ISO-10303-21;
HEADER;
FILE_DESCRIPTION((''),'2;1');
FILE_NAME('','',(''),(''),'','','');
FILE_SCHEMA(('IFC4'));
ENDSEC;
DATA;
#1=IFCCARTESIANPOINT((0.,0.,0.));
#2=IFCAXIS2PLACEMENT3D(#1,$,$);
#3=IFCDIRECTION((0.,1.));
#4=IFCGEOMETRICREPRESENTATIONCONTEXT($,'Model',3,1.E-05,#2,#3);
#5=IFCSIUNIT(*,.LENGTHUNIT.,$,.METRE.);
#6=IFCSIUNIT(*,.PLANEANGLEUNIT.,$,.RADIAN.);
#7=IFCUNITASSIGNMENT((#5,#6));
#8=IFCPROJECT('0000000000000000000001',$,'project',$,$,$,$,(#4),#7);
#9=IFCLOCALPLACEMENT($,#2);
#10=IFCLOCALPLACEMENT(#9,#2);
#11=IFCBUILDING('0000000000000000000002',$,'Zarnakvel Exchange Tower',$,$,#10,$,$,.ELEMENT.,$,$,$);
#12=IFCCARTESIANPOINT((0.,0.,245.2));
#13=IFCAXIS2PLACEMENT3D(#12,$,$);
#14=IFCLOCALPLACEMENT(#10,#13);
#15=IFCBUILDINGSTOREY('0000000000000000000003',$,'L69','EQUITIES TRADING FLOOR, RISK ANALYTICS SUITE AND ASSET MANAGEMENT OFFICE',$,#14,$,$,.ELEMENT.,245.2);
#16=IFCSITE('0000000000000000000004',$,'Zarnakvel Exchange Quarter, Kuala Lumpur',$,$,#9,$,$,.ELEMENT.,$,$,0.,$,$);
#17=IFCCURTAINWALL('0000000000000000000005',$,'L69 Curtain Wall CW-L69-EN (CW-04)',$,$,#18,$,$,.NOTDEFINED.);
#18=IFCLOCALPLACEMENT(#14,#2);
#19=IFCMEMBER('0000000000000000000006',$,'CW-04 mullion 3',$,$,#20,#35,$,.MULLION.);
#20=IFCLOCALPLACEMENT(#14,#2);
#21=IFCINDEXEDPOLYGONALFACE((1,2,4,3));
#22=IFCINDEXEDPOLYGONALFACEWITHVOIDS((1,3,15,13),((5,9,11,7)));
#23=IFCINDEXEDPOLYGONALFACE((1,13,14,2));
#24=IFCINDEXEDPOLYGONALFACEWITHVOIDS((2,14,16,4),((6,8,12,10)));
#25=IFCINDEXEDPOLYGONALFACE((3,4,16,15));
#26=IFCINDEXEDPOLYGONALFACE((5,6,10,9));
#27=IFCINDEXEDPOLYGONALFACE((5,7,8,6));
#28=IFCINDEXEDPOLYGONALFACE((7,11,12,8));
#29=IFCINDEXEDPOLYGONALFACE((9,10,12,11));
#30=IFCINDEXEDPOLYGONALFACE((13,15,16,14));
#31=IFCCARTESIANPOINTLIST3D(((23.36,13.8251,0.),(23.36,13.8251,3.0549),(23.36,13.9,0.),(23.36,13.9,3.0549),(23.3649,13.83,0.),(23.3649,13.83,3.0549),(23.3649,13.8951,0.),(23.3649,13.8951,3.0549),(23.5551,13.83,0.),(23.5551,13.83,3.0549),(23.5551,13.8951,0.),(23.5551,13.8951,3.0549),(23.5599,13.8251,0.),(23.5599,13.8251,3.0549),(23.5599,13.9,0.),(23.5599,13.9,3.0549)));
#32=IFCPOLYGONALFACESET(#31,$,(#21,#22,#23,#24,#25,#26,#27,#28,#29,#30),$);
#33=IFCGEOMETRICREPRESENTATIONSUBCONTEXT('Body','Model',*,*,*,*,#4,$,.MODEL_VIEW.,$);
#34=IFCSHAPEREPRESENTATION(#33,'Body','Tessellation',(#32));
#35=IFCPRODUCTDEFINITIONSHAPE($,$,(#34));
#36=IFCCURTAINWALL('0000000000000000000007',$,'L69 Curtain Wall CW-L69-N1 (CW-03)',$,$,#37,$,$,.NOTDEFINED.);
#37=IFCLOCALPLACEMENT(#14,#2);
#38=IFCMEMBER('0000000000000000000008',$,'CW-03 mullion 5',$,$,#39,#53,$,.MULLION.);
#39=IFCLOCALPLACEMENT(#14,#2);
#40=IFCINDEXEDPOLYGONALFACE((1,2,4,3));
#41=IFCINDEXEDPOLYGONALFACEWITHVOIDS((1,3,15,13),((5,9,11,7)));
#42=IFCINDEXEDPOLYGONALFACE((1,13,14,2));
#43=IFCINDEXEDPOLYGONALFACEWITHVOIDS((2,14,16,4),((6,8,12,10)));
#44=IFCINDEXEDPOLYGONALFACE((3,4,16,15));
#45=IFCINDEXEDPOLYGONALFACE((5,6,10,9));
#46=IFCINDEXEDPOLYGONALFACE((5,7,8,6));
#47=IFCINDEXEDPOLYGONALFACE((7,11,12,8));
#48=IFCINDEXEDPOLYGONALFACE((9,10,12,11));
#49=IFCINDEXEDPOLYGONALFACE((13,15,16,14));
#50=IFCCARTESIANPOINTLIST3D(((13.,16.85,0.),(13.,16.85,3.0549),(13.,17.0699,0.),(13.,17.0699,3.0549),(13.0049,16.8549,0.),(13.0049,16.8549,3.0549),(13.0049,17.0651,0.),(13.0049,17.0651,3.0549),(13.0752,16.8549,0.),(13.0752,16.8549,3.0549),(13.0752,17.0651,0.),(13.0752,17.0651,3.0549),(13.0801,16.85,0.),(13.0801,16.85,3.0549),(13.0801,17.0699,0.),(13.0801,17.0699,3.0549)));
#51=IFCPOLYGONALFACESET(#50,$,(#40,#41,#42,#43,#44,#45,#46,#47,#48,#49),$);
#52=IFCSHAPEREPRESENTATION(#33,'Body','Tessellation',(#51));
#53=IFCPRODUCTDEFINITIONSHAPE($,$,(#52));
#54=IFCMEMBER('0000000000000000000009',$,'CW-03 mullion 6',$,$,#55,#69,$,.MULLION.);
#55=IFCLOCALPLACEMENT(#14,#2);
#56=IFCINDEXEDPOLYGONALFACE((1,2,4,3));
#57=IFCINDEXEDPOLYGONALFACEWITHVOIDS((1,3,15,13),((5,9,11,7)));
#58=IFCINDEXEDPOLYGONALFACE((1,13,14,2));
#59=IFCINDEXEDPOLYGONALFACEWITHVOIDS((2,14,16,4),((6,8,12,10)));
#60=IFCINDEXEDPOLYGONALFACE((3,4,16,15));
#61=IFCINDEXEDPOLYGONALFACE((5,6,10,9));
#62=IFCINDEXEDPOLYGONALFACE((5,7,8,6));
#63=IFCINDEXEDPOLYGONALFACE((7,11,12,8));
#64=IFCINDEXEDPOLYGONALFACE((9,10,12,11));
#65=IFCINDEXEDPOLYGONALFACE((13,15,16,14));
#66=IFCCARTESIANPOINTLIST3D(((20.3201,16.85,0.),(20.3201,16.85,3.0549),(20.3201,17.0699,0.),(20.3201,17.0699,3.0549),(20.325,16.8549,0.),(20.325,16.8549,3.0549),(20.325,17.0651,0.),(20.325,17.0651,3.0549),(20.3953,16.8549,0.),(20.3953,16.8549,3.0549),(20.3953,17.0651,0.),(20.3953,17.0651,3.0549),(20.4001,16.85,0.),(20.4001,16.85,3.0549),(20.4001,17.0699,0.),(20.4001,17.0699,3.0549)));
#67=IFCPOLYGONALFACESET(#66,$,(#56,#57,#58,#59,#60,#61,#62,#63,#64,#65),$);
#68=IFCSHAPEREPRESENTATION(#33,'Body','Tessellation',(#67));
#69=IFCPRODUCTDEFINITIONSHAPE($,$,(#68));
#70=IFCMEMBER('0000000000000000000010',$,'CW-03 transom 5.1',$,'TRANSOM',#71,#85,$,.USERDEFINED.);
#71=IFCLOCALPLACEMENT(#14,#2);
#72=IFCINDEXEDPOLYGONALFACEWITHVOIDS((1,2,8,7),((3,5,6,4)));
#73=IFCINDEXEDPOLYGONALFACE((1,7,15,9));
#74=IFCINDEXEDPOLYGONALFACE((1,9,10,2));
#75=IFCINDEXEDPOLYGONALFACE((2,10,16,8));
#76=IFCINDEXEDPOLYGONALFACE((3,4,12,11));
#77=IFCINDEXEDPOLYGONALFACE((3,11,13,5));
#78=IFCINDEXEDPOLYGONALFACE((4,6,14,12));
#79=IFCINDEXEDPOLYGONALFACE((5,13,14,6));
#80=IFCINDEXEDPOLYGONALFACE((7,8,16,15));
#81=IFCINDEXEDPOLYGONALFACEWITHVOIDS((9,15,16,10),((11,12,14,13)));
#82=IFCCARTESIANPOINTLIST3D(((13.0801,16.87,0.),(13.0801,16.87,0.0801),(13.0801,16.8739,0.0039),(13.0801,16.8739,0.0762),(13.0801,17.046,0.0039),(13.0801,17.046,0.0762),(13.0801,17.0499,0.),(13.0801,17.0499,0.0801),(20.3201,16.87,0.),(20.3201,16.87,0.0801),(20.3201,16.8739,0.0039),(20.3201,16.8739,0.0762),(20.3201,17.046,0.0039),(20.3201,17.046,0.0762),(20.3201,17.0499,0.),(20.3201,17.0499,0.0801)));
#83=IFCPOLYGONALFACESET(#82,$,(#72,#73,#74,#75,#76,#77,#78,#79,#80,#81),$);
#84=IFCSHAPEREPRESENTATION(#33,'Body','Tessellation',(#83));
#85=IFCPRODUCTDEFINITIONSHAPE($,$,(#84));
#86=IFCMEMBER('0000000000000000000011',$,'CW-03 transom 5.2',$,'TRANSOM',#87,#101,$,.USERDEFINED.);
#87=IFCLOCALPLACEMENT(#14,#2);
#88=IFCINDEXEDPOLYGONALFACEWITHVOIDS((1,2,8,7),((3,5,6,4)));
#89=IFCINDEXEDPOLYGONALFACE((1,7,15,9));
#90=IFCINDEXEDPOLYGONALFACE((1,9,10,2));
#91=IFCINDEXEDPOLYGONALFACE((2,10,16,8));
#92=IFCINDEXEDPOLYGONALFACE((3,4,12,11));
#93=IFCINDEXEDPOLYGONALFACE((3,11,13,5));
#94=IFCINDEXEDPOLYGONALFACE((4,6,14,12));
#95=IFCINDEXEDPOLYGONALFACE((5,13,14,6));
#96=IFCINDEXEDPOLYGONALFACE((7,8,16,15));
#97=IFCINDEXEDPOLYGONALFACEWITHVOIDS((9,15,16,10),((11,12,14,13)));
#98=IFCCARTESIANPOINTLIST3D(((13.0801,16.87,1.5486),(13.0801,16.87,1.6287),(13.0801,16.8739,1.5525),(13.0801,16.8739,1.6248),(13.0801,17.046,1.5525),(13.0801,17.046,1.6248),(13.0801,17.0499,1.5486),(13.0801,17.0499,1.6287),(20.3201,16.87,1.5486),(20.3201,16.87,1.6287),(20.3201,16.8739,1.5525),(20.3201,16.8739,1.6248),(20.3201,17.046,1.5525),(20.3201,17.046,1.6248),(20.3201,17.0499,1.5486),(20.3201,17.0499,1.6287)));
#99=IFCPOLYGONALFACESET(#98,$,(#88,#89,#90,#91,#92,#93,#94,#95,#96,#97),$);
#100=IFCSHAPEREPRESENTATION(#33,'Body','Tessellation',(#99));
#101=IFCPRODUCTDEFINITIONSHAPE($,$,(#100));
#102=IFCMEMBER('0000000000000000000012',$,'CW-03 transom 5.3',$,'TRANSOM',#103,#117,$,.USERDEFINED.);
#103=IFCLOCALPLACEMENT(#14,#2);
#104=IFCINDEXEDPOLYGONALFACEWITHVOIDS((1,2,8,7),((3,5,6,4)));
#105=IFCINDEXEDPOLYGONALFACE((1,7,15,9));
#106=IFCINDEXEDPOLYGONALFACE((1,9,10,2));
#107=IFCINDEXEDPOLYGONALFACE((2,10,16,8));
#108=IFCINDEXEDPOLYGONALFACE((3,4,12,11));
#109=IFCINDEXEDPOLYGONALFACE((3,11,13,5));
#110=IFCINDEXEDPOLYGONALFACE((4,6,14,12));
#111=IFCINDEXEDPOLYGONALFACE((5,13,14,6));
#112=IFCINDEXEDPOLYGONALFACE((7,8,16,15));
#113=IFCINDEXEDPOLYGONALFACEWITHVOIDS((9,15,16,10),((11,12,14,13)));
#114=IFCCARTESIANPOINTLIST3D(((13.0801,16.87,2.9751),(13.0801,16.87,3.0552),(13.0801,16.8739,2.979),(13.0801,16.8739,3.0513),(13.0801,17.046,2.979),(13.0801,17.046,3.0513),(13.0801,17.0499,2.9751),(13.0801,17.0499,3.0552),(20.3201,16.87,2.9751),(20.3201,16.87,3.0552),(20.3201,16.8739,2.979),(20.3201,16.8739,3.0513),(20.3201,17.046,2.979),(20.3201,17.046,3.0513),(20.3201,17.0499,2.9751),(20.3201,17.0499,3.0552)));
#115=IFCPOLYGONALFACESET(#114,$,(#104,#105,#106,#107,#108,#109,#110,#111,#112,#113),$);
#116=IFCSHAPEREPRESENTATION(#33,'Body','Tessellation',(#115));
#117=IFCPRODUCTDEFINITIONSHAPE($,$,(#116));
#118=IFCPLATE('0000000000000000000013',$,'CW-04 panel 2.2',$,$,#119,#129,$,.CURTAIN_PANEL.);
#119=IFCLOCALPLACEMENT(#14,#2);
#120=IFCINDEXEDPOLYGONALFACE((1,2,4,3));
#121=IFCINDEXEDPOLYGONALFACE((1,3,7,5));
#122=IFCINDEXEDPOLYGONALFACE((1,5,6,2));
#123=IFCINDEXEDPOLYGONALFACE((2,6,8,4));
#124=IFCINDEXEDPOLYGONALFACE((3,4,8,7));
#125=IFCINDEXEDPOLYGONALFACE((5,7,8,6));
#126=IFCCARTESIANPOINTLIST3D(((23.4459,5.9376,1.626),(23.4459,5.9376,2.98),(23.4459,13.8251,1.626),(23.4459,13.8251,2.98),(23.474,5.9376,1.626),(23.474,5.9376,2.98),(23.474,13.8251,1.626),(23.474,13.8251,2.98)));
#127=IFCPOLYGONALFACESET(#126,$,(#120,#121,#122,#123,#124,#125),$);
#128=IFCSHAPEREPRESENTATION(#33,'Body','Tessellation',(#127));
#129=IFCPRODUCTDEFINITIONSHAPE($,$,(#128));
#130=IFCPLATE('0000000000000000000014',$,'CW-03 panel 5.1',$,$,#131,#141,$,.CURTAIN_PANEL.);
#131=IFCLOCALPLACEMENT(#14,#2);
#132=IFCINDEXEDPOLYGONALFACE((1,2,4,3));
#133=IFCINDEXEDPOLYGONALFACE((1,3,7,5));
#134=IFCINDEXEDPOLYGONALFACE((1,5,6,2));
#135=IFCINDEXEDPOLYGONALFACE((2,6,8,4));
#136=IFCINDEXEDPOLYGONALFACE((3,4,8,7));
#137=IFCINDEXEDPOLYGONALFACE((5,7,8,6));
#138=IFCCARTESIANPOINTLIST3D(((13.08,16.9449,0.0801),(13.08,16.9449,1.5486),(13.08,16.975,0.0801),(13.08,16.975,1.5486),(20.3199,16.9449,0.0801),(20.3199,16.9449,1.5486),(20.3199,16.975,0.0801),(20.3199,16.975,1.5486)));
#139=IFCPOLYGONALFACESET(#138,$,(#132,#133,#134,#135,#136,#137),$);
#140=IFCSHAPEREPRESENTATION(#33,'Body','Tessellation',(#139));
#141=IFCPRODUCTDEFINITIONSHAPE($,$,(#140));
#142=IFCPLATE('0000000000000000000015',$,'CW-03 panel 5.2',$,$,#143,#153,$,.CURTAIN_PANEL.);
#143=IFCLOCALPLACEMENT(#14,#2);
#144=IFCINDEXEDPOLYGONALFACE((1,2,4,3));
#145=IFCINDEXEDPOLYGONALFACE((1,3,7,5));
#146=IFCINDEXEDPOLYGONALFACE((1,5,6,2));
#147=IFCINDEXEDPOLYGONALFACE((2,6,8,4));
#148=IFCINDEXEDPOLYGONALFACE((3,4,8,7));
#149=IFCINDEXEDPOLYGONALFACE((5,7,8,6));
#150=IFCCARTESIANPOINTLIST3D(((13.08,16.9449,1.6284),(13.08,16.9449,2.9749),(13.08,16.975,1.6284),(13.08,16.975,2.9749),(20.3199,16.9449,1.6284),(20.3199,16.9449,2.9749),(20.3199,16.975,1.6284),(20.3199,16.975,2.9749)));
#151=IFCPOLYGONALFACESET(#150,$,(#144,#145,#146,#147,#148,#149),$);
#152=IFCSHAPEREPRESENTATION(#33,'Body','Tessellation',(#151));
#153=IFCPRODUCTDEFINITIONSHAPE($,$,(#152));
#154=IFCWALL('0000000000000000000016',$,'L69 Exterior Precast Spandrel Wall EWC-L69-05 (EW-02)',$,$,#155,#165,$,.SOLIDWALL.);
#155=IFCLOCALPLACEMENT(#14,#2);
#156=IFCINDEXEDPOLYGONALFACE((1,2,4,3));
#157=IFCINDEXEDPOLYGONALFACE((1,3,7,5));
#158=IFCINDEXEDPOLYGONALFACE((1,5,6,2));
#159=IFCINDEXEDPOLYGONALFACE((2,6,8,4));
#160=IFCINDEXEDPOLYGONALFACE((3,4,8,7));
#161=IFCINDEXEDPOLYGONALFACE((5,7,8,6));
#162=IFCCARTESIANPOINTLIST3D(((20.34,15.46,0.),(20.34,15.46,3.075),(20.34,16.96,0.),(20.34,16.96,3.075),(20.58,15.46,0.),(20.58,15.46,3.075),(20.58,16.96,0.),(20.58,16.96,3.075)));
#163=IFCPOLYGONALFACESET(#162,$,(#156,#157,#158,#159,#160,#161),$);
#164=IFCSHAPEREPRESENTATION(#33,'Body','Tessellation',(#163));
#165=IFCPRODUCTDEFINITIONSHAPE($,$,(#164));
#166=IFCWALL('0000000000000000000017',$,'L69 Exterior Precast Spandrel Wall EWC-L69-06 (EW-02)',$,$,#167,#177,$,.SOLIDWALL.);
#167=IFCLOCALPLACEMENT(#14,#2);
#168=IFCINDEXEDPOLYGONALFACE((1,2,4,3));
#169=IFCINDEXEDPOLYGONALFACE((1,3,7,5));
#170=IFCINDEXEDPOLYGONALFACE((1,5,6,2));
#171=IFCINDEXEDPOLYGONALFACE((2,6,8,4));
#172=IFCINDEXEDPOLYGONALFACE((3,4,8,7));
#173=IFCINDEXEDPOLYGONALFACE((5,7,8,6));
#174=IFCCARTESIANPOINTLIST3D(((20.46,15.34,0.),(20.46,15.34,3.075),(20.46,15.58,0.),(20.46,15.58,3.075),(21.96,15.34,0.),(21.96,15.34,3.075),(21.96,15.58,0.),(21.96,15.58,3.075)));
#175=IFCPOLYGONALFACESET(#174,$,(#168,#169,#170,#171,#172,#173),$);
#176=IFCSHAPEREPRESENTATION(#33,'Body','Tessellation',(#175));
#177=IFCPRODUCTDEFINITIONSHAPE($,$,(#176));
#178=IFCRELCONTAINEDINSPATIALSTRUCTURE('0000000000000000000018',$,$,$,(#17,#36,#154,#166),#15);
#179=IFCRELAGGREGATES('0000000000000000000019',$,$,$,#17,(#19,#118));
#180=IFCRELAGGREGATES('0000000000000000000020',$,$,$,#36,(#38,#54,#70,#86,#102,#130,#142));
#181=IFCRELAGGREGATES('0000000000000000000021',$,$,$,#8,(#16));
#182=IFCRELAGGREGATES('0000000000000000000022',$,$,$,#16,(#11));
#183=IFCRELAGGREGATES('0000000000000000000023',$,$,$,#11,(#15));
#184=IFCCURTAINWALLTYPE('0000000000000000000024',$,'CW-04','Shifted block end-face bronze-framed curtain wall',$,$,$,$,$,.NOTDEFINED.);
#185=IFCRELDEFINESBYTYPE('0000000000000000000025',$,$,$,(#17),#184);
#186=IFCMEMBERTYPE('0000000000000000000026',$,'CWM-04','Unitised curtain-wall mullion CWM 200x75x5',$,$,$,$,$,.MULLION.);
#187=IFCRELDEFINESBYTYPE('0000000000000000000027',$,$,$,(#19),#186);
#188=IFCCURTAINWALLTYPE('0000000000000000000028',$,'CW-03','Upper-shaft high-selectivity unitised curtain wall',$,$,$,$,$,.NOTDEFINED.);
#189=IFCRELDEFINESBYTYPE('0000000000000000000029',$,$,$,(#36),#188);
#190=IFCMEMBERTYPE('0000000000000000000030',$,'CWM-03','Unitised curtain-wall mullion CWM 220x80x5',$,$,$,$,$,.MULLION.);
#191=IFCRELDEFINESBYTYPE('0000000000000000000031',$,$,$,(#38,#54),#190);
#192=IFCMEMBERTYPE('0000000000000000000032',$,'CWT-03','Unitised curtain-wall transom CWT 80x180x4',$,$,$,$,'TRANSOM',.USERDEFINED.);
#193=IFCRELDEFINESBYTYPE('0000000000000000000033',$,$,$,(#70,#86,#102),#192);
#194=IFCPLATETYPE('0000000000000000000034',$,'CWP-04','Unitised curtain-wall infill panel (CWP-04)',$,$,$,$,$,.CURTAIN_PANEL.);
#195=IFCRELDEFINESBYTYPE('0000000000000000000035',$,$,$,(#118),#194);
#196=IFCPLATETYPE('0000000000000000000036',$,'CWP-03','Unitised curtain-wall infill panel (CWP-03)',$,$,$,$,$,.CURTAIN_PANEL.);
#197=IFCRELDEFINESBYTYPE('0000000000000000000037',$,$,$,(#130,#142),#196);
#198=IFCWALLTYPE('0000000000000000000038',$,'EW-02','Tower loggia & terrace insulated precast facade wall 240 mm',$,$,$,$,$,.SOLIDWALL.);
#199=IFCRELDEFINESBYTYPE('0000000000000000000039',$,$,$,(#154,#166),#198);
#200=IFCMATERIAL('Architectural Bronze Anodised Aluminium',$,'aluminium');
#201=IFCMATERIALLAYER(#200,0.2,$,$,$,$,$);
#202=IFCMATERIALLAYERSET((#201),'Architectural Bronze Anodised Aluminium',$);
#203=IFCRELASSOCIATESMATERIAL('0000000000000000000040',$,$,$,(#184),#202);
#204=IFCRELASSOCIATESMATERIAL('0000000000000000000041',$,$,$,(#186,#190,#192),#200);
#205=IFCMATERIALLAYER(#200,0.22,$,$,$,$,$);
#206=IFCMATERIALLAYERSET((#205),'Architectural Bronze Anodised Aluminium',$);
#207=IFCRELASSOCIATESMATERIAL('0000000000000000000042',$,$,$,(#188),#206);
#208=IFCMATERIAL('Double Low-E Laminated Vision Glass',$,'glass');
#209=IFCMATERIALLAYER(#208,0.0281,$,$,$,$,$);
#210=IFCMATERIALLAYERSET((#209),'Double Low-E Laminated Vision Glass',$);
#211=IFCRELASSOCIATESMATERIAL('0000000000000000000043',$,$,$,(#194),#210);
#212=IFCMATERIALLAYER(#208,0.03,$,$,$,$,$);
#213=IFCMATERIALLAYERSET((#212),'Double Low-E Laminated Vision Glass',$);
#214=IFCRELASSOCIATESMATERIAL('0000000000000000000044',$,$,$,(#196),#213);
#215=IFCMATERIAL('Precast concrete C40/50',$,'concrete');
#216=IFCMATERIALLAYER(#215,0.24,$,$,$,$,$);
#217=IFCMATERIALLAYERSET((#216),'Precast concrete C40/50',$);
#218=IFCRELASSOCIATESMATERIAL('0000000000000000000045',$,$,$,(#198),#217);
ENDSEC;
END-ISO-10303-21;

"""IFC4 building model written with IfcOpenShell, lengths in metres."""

from ifc_helpers import new_model, si_unit, direction, frame, frame_2d, origin, origin_2d, place, context, subcontext, project, spatial, rectangle, hollow_rectangle, extrude, source, transform, mapped, material, layer, layer_set, material_profile, profile_set, type_object, element, aggregate, save


model = new_model("IFC4")

# Units and contexts
model_context = context("Model", 3, precision=1e-05, world=origin(), true_north=direction((0.0, 1.0)))
body_context = subcontext(model_context, "Body", "Model", "MODEL_VIEW")
ifc_project = project(units=[si_unit("LENGTHUNIT", "METRE"), si_unit("PLANEANGLEUNIT", "RADIAN")], contexts=[model_context])

# Site, building, storey
site_placement = place(None, origin())
site = spatial("IfcSite", under=ifc_project, at=site_placement, Name="Zarnakvel Exchange Quarter, Kuala Lumpur", CompositionType="ELEMENT", RefElevation=0.0)
building_placement = place(site_placement, origin())
building = spatial("IfcBuilding", under=site, at=building_placement, Name="Zarnakvel Exchange Tower", CompositionType="ELEMENT")
storey_placement = place(building_placement, frame((0.0, 0.0, 245.2)))
storey = spatial("IfcBuildingStorey", under=building, at=storey_placement, Name="L69", Description="EQUITIES TRADING FLOOR, RISK ANALYTICS SUITE AND ASSET MANAGEMENT OFFICE", CompositionType="ELEMENT", Elevation=245.2)

# Curtain wall, member
ifc_material_1 = material(Name="Architectural Bronze Anodised Aluminium", Category="aluminium")
ifc_layer_1 = layer(ifc_material_1, 0.2)
ifc_layer_set_1 = layer_set([ifc_layer_1], Name="Architectural Bronze Anodised Aluminium")
curtain_wall_type_1 = type_object("IfcCurtainWallType", Name="CW-04", Description="Shifted block end-face bronze-framed curtain wall", PredefinedType="NOTDEFINED", material=ifc_layer_set_1)
curtain_wall_1_placement = place(storey_placement, origin())
curtain_wall_1 = element("IfcCurtainWall", 1, at=curtain_wall_1_placement, inside=storey, type_object=curtain_wall_type_1, Name="L69 Curtain Wall CW-L69-EN (CW-04)", PredefinedType="NOTDEFINED")
ifc_material_profile_1 = material_profile(ifc_material_1, hollow_rectangle(XDim=0.2, YDim=0.075, WallThickness=0.0049, at=origin_2d()))
ifc_profile_set_1 = profile_set([ifc_material_profile_1], Name="Architectural Bronze Anodised Aluminium")
member_type_1 = type_object("IfcMemberType", Name="CWM-04", Description="Unitised curtain-wall mullion CWM 200x75x5", PredefinedType="MULLION", material=ifc_profile_set_1)
shared_shape_1 = source(origin(), body_context, "Body", "SweptSolid", [
    extrude(hollow_rectangle(XDim=0.2, YDim=0.075, WallThickness=0.0049, at=origin_2d()), origin(), (0.0, 0.0, 1.0), 3.0549),
])
member_1_placement = place(storey_placement, frame((23.46, 13.8625, 0.0), z_axis=(0.0, 0.0, 1.0), x_axis=(-1.0, 0.0, 0.0)))
member_1 = element("IfcMember", 2, at=member_1_placement, type_object=member_type_1, Name="CW-04 mullion 3", PredefinedType="MULLION", context=body_context, shape_type="MappedRepresentation", body=[
    mapped(shared_shape_1, transform((0.0, 0.0, 0.0), x_axis=(1.0, 0.0, 0.0), y_axis=(0.0, 1.0, 0.0), z_axis=(0.0, 0.0, 1.0), scale=1.0)),
])

# Curtain wall, members
ifc_layer_2 = layer(ifc_material_1, 0.22)
ifc_layer_set_2 = layer_set([ifc_layer_2], Name="Architectural Bronze Anodised Aluminium")
curtain_wall_type_2 = type_object("IfcCurtainWallType", Name="CW-03", Description="Upper-shaft high-selectivity unitised curtain wall", PredefinedType="NOTDEFINED", material=ifc_layer_set_2)
curtain_wall_2_placement = place(storey_placement, origin())
curtain_wall_2 = element("IfcCurtainWall", 3, at=curtain_wall_2_placement, inside=storey, type_object=curtain_wall_type_2, Name="L69 Curtain Wall CW-L69-N1 (CW-03)", PredefinedType="NOTDEFINED")
ifc_material_profile_2 = material_profile(ifc_material_1, hollow_rectangle(XDim=0.22, YDim=0.0801, WallThickness=0.0049, at=origin_2d()))
ifc_profile_set_2 = profile_set([ifc_material_profile_2], Name="Architectural Bronze Anodised Aluminium")
member_type_2 = type_object("IfcMemberType", Name="CWM-03", Description="Unitised curtain-wall mullion CWM 220x80x5", PredefinedType="MULLION", material=ifc_profile_set_2)
shared_shape_2 = source(origin(), body_context, "Body", "SweptSolid", [
    extrude(hollow_rectangle(XDim=0.22, YDim=0.0801, WallThickness=0.0049, at=origin_2d()), origin(), (0.0, 0.0, 1.0), 3.0549),
])
member_2_placement = place(storey_placement, frame((13.04, 16.96, 0.0), z_axis=(0.0, 0.0, 1.0), x_axis=(0.0, 1.0, 0.0)))
member_2 = element("IfcMember", 4, at=member_2_placement, type_object=member_type_2, Name="CW-03 mullion 5", PredefinedType="MULLION", context=body_context, shape_type="MappedRepresentation", body=[
    mapped(shared_shape_2, transform((0.0, 0.0, 0.0), x_axis=(1.0, 0.0, 0.0), y_axis=(0.0, 1.0, 0.0), z_axis=(0.0, 0.0, 1.0), scale=1.0)),
])
member_3_placement = place(storey_placement, frame((20.3601, 16.96, 0.0), z_axis=(0.0, 0.0, 1.0), x_axis=(0.0, 1.0, 0.0)))
member_3 = element("IfcMember", 5, at=member_3_placement, type_object=member_type_2, Name="CW-03 mullion 6", PredefinedType="MULLION", context=body_context, shape_type="MappedRepresentation", body=[
    mapped(shared_shape_2, transform((0.0, 0.0, 0.0), x_axis=(1.0, 0.0, 0.0), y_axis=(0.0, 1.0, 0.0), z_axis=(0.0, 0.0, 1.0), scale=1.0)),
])
ifc_material_profile_3 = material_profile(ifc_material_1, hollow_rectangle(XDim=0.1799, YDim=0.0801, WallThickness=0.0039, at=origin_2d()))
ifc_profile_set_3 = profile_set([ifc_material_profile_3], Name="Architectural Bronze Anodised Aluminium")
member_type_3 = type_object("IfcMemberType", Name="CWT-03", Description="Unitised curtain-wall transom CWT 80x180x4", ElementType="TRANSOM", PredefinedType="USERDEFINED", material=ifc_profile_set_3)
shared_shape_3 = source(origin(), body_context, "Body", "SweptSolid", [
    extrude(hollow_rectangle(XDim=0.1799, YDim=0.0801, WallThickness=0.0039, at=origin_2d()), origin(), (0.0, 0.0, 1.0), 7.24),
])
member_4_placement = place(storey_placement, frame((13.0801, 16.96, 0.04), z_axis=(1.0, 0.0, 0.0), x_axis=(0.0, 1.0, 0.0)))
member_4 = element("IfcMember", 6, at=member_4_placement, type_object=member_type_3, Name="CW-03 transom 5.1", ObjectType="TRANSOM", PredefinedType="USERDEFINED", context=body_context, shape_type="MappedRepresentation", body=[
    mapped(shared_shape_3, transform((0.0, 0.0, 0.0), x_axis=(1.0, 0.0, 0.0), y_axis=(0.0, 1.0, 0.0), z_axis=(0.0, 0.0, 1.0), scale=1.0)),
])
member_5_placement = place(storey_placement, frame((13.0801, 16.96, 1.5886), z_axis=(1.0, 0.0, 0.0), x_axis=(0.0, 1.0, 0.0)))
member_5 = element("IfcMember", 7, at=member_5_placement, type_object=member_type_3, Name="CW-03 transom 5.2", ObjectType="TRANSOM", PredefinedType="USERDEFINED", context=body_context, shape_type="MappedRepresentation", body=[
    mapped(shared_shape_3, transform((0.0, 0.0, 0.0), x_axis=(1.0, 0.0, 0.0), y_axis=(0.0, 1.0, 0.0), z_axis=(0.0, 0.0, 1.0), scale=1.0)),
])
member_6_placement = place(storey_placement, frame((13.0801, 16.96, 3.0151), z_axis=(1.0, 0.0, 0.0), x_axis=(0.0, 1.0, 0.0)))
member_6 = element("IfcMember", 8, at=member_6_placement, type_object=member_type_3, Name="CW-03 transom 5.3", ObjectType="TRANSOM", PredefinedType="USERDEFINED", context=body_context, shape_type="MappedRepresentation", body=[
    mapped(shared_shape_3, transform((0.0, 0.0, 0.0), x_axis=(1.0, 0.0, 0.0), y_axis=(0.0, 1.0, 0.0), z_axis=(0.0, 0.0, 1.0), scale=1.0)),
])

# Plates
ifc_material_2 = material(Name="Double Low-E Laminated Vision Glass", Category="glass")
ifc_layer_3 = layer(ifc_material_2, 0.0281)
ifc_layer_set_3 = layer_set([ifc_layer_3], Name="Double Low-E Laminated Vision Glass")
plate_type_1 = type_object("IfcPlateType", Name="CWP-04", Description="Unitised curtain-wall infill panel (CWP-04)", PredefinedType="CURTAIN_PANEL", material=ifc_layer_set_3)
shared_shape_4 = source(origin(), body_context, "Body", "SweptSolid", [
    extrude(rectangle(XDim=7.8875, YDim=0.0281, at=origin_2d()), origin(), (0.0, 0.0, 1.0), 1.354),
])
plate_1_placement = place(storey_placement, frame((23.46, 9.8813, 1.626), z_axis=(0.0, 0.0, 1.0), x_axis=(0.0, 1.0, 0.0)))
plate_1 = element("IfcPlate", 9, at=plate_1_placement, type_object=plate_type_1, Name="CW-04 panel 2.2", PredefinedType="CURTAIN_PANEL", context=body_context, shape_type="MappedRepresentation", body=[
    mapped(shared_shape_4, transform((0.0, 0.0, 0.0), x_axis=(1.0, 0.0, 0.0), y_axis=(0.0, 1.0, 0.0), z_axis=(0.0, 0.0, 1.0), scale=1.0)),
])
aggregate(curtain_wall_1, [member_1, plate_1])
ifc_layer_4 = layer(ifc_material_2, 0.03)
ifc_layer_set_4 = layer_set([ifc_layer_4], Name="Double Low-E Laminated Vision Glass")
plate_type_2 = type_object("IfcPlateType", Name="CWP-03", Description="Unitised curtain-wall infill panel (CWP-03)", PredefinedType="CURTAIN_PANEL", material=ifc_layer_set_4)
shared_shape_5 = source(origin(), body_context, "Body", "SweptSolid", [
    extrude(rectangle(XDim=7.24, YDim=0.03, at=origin_2d()), origin(), (0.0, 0.0, 1.0), 1.4685),
])
plate_2_placement = place(storey_placement, frame((16.7, 16.96, 0.0801), z_axis=(0.0, 0.0, 1.0), x_axis=(1.0, 0.0, 0.0)))
plate_2 = element("IfcPlate", 10, at=plate_2_placement, type_object=plate_type_2, Name="CW-03 panel 5.1", PredefinedType="CURTAIN_PANEL", context=body_context, shape_type="MappedRepresentation", body=[
    mapped(shared_shape_5, transform((0.0, 0.0, 0.0), x_axis=(1.0, 0.0, 0.0), y_axis=(0.0, 1.0, 0.0), z_axis=(0.0, 0.0, 1.0), scale=1.0)),
])
shared_shape_6 = source(origin(), body_context, "Body", "SweptSolid", [
    extrude(rectangle(XDim=7.24, YDim=0.03, at=origin_2d()), origin(), (0.0, 0.0, 1.0), 1.3464),
])
plate_3_placement = place(storey_placement, frame((16.7, 16.96, 1.6284), z_axis=(0.0, 0.0, 1.0), x_axis=(1.0, 0.0, 0.0)))
plate_3 = element("IfcPlate", 11, at=plate_3_placement, type_object=plate_type_2, Name="CW-03 panel 5.2", PredefinedType="CURTAIN_PANEL", context=body_context, shape_type="MappedRepresentation", body=[
    mapped(shared_shape_6, transform((0.0, 0.0, 0.0), x_axis=(1.0, 0.0, 0.0), y_axis=(0.0, 1.0, 0.0), z_axis=(0.0, 0.0, 1.0), scale=1.0)),
])
aggregate(curtain_wall_2, [member_2, member_3, member_4, member_5, member_6, plate_2, plate_3])

# Walls
ifc_material_3 = material(Name="Precast concrete C40/50", Category="concrete")
ifc_layer_5 = layer(ifc_material_3, 0.24)
ifc_layer_set_5 = layer_set([ifc_layer_5], Name="Precast concrete C40/50")
wall_type_1 = type_object("IfcWallType", Name="EW-02", Description="Tower loggia & terrace insulated precast facade wall 240 mm", PredefinedType="SOLIDWALL", material=ifc_layer_set_5)
for number, where, z_axis, x_axis, name in (
    (12, (20.46, 15.46, 0.0), (0.0, 0.0, 1.0), (0.0, 1.0, 0.0), "L69 Exterior Precast Spandrel Wall EWC-L69-05 (EW-02)"),
    (13, (21.96, 15.46, 0.0), (0.0, 0.0, 1.0), (-1.0, 0.0, 0.0), "L69 Exterior Precast Spandrel Wall EWC-L69-06 (EW-02)"),
):
    element("IfcWall", number, at=place(storey_placement, frame(where, z_axis=z_axis, x_axis=x_axis)), inside=storey, type_object=wall_type_1, Name=name, PredefinedType="SOLIDWALL", context=body_context, shape_type="SweptSolid", body=[
        extrude(rectangle(XDim=1.5, YDim=0.24, at=frame_2d((0.75, 0.0))), origin(), (0.0, 0.0, 1.0), 3.075),
    ])

save(model, "model.ifc")
